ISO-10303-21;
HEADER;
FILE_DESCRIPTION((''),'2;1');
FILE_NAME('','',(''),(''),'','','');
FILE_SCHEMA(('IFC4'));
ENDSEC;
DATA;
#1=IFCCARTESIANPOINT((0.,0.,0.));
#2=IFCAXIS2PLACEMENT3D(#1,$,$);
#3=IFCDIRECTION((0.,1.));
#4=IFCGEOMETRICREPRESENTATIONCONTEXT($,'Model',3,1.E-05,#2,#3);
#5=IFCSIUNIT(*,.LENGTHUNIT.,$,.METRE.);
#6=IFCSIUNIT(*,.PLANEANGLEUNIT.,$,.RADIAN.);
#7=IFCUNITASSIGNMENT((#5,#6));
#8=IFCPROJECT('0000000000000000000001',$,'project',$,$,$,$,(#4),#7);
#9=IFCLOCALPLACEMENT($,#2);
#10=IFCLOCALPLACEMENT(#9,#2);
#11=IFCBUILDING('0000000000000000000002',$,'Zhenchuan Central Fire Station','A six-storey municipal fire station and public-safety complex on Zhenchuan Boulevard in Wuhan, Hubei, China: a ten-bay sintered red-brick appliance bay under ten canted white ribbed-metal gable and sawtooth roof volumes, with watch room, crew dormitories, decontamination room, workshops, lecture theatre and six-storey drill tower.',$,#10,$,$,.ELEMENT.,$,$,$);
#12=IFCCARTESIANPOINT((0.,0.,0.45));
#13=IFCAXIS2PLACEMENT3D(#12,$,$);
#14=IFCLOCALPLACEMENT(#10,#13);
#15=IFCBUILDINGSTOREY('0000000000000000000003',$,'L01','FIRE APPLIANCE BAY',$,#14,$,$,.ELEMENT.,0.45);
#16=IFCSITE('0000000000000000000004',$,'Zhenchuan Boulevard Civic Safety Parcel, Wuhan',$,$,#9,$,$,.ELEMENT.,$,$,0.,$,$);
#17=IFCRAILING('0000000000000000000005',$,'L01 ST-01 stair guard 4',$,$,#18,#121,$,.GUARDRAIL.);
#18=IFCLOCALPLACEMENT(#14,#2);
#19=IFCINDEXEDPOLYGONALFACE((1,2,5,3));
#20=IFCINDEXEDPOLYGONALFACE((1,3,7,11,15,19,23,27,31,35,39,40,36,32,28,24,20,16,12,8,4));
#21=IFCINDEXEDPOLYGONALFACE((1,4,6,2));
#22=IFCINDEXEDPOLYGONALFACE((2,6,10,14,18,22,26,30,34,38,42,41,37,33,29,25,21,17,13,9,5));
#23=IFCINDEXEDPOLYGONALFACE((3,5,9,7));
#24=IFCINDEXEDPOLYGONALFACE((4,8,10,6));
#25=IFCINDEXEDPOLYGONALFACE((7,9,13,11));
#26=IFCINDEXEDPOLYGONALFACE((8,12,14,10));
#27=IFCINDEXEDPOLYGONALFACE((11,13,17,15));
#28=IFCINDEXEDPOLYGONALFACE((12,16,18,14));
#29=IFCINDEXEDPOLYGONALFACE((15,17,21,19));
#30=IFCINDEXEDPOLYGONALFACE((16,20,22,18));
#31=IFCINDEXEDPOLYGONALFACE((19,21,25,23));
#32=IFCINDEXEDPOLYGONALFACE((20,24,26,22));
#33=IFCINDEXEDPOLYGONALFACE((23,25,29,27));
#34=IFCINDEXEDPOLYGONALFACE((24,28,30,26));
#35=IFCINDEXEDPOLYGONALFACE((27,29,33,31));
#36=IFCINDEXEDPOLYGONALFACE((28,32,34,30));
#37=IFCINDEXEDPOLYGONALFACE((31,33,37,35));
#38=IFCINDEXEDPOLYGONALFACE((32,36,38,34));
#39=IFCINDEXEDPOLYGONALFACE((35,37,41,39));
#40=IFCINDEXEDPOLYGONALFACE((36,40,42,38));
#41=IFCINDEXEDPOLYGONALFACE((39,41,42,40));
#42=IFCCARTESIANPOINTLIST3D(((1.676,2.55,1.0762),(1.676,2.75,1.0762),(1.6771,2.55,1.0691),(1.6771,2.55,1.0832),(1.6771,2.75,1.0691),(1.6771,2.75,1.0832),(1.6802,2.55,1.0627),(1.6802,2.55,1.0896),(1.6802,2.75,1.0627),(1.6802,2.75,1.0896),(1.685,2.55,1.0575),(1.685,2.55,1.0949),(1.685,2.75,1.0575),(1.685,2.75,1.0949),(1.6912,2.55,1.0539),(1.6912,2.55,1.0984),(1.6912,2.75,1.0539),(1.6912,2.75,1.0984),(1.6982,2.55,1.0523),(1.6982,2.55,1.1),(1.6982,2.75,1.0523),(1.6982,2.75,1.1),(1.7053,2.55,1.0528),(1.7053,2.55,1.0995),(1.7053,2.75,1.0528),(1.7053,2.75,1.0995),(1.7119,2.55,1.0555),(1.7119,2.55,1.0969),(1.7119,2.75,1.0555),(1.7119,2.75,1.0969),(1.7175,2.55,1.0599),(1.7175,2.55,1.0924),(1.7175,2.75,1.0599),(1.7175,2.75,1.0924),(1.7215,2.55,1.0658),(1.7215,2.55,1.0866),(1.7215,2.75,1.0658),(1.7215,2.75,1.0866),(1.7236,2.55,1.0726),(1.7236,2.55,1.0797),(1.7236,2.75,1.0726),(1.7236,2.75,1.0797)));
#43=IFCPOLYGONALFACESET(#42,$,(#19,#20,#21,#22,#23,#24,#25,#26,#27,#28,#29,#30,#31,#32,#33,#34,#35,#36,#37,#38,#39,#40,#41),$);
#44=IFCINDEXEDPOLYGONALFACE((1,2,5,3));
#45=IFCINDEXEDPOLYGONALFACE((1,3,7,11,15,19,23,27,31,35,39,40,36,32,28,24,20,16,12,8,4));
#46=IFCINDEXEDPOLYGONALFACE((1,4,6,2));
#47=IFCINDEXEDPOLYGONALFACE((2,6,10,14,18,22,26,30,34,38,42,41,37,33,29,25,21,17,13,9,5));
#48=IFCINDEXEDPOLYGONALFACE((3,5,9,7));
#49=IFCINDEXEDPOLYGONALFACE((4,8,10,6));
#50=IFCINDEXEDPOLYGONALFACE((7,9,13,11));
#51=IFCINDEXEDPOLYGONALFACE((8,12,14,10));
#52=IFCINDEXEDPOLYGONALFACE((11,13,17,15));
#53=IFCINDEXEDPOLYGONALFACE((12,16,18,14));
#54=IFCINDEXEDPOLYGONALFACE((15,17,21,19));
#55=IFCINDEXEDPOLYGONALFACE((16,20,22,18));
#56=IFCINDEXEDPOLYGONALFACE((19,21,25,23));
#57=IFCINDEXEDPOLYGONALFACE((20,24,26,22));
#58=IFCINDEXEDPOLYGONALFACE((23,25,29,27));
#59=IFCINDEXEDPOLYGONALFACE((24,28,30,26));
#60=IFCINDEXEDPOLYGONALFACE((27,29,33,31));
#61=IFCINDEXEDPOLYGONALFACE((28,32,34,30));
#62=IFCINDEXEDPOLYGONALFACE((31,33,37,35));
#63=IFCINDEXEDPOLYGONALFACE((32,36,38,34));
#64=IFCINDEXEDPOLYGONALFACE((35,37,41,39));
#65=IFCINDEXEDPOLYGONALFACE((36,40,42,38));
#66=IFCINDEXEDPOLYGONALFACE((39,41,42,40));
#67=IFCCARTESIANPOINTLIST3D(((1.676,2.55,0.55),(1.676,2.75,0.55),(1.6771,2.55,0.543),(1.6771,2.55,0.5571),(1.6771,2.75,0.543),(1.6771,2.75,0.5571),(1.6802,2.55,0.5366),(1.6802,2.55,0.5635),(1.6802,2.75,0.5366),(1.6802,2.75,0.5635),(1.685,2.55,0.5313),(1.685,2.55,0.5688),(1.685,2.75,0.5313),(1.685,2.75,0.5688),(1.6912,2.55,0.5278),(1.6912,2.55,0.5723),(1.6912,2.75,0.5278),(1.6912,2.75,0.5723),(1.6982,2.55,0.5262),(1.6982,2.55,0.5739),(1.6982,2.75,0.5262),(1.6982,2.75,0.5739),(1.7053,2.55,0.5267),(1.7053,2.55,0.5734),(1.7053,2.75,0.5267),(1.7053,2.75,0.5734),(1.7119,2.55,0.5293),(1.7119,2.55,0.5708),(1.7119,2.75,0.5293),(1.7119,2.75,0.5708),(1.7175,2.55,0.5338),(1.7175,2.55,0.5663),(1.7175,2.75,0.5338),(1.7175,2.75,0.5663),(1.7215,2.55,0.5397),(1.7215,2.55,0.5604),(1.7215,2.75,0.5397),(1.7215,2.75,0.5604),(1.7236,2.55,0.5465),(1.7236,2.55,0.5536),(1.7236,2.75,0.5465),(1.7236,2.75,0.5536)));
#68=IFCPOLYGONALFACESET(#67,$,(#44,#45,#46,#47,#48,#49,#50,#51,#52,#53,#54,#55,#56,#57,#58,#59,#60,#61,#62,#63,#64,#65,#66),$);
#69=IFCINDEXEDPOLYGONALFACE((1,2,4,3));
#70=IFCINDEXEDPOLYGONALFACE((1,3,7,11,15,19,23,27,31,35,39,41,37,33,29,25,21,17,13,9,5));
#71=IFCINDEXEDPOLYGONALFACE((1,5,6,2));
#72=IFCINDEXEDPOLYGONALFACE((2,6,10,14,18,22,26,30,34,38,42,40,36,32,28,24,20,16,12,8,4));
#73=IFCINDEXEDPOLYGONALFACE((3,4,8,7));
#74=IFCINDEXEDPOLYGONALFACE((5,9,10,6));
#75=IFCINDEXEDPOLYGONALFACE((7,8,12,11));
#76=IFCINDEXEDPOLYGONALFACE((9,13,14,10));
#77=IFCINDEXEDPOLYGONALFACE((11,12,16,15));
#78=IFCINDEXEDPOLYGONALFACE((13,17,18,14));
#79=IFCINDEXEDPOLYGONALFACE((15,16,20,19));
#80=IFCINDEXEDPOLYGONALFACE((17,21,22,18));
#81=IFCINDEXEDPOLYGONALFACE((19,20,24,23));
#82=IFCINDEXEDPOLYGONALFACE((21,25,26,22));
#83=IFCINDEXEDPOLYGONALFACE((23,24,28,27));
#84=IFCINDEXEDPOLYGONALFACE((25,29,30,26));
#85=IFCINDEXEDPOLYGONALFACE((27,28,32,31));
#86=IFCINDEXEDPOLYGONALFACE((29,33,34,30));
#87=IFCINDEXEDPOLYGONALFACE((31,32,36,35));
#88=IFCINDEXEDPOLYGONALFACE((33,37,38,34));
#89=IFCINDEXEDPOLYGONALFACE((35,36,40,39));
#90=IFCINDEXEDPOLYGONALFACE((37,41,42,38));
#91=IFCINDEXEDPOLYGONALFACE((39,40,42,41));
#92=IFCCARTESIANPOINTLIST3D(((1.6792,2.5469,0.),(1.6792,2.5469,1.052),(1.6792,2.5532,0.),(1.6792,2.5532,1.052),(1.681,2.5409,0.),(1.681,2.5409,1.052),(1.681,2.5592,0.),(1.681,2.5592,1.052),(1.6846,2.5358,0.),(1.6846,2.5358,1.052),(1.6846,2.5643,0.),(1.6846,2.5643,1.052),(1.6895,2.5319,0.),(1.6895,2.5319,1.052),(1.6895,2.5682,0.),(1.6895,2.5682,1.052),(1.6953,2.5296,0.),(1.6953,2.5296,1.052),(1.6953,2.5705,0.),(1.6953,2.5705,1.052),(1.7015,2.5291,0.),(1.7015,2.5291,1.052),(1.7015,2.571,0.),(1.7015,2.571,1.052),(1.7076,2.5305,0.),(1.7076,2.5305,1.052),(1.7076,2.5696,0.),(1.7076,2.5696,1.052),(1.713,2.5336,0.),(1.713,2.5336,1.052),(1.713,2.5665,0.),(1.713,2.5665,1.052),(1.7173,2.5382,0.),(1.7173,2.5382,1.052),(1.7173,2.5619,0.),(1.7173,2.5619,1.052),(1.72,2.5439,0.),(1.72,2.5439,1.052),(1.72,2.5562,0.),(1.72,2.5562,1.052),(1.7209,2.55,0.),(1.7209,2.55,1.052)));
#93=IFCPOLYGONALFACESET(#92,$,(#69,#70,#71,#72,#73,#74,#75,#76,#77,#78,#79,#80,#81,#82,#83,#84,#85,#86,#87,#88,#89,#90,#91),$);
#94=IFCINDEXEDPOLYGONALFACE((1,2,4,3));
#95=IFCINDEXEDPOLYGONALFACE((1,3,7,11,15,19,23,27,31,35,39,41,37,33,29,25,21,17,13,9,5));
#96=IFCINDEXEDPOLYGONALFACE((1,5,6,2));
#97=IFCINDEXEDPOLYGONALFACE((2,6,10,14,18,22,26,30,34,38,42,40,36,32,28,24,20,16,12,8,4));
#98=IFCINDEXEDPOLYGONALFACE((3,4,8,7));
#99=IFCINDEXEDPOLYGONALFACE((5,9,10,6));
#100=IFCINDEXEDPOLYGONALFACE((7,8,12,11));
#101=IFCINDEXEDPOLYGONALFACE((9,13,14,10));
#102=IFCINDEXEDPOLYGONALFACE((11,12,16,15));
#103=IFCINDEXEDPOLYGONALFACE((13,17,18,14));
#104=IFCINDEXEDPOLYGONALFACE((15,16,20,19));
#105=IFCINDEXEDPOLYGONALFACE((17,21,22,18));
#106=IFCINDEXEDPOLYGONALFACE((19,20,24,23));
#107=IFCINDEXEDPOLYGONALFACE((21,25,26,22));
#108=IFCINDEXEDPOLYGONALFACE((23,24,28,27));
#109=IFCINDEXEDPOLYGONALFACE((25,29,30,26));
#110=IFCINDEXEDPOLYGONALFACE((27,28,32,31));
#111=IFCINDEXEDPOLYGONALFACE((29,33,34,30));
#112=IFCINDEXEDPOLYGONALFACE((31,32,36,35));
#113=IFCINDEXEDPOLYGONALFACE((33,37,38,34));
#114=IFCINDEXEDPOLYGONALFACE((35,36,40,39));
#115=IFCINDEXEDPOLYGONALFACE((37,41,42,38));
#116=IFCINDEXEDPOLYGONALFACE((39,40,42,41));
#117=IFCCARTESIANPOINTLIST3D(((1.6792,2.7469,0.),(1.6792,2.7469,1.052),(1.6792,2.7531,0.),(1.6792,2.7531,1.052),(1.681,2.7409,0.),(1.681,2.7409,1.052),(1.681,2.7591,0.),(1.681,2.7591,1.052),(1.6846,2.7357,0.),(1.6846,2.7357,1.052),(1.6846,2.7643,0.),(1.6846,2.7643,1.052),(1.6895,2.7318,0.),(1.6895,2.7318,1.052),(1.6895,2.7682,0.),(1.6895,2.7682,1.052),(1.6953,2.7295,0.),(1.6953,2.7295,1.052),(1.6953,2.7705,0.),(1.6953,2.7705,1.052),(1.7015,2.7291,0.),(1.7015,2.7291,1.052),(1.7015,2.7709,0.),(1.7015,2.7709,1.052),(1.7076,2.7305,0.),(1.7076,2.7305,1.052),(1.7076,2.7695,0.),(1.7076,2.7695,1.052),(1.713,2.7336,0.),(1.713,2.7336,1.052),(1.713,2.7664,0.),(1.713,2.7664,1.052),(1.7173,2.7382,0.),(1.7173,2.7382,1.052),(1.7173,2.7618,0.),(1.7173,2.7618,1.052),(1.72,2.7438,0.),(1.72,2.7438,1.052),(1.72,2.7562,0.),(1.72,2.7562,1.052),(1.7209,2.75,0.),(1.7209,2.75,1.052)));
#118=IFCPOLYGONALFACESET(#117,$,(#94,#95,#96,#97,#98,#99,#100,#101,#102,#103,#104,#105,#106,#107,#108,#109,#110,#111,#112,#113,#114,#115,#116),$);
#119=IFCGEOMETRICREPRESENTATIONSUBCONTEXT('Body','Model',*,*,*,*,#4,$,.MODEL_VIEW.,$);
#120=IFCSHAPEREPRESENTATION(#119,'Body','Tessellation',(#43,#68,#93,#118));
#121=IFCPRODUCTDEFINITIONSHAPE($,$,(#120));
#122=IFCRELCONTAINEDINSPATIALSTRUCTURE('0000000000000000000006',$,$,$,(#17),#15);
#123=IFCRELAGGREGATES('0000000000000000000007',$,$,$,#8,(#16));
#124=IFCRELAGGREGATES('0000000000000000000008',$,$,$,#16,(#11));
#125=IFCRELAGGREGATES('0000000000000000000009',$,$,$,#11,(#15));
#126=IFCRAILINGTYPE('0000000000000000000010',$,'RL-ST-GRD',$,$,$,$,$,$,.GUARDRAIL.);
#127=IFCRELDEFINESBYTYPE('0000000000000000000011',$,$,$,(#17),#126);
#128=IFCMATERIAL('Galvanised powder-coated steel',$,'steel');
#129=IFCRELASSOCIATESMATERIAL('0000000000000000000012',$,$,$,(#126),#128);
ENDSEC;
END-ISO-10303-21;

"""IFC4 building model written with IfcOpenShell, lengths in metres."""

from ifc_helpers import new_model, si_unit, direction, frame, origin, origin_2d, place, context, subcontext, project, spatial, circle, extrude, material, type_object, element, save


model = new_model("IFC4")

# Units and contexts
model_context = context("Model", 3, precision=1e-05, world=origin(), true_north=direction((0.0, 1.0)))
body_context = subcontext(model_context, "Body", "Model", "MODEL_VIEW")
ifc_project = project(units=[si_unit("LENGTHUNIT", "METRE"), si_unit("PLANEANGLEUNIT", "RADIAN")], contexts=[model_context])

# Site, building, storey
site_placement = place(None, origin())
site = spatial("IfcSite", under=ifc_project, at=site_placement, Name="Zhenchuan Boulevard Civic Safety Parcel, Wuhan", CompositionType="ELEMENT", RefElevation=0.0)
building_placement = place(site_placement, origin())
building = spatial("IfcBuilding", under=site, at=building_placement, Name="Zhenchuan Central Fire Station", Description="A six-storey municipal fire station and public-safety complex on Zhenchuan Boulevard in Wuhan, Hubei, China: a ten-bay sintered red-brick appliance bay under ten canted white ribbed-metal gable and sawtooth roof volumes, with watch room, crew dormitories, decontamination room, workshops, lecture theatre and six-storey drill tower.", CompositionType="ELEMENT")
storey_placement = place(building_placement, frame((0.0, 0.0, 0.45)))
storey = spatial("IfcBuildingStorey", under=building, at=storey_placement, Name="L01", Description="FIRE APPLIANCE BAY", CompositionType="ELEMENT", Elevation=0.45)

# Railing
ifc_material_1 = material(Name="Galvanised powder-coated steel", Category="steel")
railing_type_1 = type_object("IfcRailingType", Name="RL-ST-GRD", PredefinedType="GUARDRAIL", material=ifc_material_1)
railing_1_placement = place(storey_placement, frame((1.7, 2.55, 0.0)))
element("IfcRailing", 1, at=railing_1_placement, inside=storey, type_object=railing_type_1, Name="L01 ST-01 stair guard 4", PredefinedType="GUARDRAIL", context=body_context, shape_type="SweptSolid", body=[
    extrude(circle(Radius=0.0239, at=origin_2d()), frame((0.0, 0.0, 1.0762), z_axis=(0.0, 1.0, 0.0), x_axis=(-1.0, 0.0, 0.0)), (0.0, 0.0, 1.0), 0.2),
    extrude(circle(Radius=0.0239, at=origin_2d()), frame((0.0, 0.0, 0.55), z_axis=(0.0, 1.0, 0.0), x_axis=(-1.0, 0.0, 0.0)), (0.0, 0.0, 1.0), 0.2),
    extrude(circle(Radius=0.021, at=origin_2d()), origin(), (0.0, 0.0, 1.0), 1.052),
    extrude(circle(Radius=0.021, at=origin_2d()), frame((0.0, 0.2, 0.0)), (0.0, 0.0, 1.0), 1.052),
])

save(model, "model.ifc")
